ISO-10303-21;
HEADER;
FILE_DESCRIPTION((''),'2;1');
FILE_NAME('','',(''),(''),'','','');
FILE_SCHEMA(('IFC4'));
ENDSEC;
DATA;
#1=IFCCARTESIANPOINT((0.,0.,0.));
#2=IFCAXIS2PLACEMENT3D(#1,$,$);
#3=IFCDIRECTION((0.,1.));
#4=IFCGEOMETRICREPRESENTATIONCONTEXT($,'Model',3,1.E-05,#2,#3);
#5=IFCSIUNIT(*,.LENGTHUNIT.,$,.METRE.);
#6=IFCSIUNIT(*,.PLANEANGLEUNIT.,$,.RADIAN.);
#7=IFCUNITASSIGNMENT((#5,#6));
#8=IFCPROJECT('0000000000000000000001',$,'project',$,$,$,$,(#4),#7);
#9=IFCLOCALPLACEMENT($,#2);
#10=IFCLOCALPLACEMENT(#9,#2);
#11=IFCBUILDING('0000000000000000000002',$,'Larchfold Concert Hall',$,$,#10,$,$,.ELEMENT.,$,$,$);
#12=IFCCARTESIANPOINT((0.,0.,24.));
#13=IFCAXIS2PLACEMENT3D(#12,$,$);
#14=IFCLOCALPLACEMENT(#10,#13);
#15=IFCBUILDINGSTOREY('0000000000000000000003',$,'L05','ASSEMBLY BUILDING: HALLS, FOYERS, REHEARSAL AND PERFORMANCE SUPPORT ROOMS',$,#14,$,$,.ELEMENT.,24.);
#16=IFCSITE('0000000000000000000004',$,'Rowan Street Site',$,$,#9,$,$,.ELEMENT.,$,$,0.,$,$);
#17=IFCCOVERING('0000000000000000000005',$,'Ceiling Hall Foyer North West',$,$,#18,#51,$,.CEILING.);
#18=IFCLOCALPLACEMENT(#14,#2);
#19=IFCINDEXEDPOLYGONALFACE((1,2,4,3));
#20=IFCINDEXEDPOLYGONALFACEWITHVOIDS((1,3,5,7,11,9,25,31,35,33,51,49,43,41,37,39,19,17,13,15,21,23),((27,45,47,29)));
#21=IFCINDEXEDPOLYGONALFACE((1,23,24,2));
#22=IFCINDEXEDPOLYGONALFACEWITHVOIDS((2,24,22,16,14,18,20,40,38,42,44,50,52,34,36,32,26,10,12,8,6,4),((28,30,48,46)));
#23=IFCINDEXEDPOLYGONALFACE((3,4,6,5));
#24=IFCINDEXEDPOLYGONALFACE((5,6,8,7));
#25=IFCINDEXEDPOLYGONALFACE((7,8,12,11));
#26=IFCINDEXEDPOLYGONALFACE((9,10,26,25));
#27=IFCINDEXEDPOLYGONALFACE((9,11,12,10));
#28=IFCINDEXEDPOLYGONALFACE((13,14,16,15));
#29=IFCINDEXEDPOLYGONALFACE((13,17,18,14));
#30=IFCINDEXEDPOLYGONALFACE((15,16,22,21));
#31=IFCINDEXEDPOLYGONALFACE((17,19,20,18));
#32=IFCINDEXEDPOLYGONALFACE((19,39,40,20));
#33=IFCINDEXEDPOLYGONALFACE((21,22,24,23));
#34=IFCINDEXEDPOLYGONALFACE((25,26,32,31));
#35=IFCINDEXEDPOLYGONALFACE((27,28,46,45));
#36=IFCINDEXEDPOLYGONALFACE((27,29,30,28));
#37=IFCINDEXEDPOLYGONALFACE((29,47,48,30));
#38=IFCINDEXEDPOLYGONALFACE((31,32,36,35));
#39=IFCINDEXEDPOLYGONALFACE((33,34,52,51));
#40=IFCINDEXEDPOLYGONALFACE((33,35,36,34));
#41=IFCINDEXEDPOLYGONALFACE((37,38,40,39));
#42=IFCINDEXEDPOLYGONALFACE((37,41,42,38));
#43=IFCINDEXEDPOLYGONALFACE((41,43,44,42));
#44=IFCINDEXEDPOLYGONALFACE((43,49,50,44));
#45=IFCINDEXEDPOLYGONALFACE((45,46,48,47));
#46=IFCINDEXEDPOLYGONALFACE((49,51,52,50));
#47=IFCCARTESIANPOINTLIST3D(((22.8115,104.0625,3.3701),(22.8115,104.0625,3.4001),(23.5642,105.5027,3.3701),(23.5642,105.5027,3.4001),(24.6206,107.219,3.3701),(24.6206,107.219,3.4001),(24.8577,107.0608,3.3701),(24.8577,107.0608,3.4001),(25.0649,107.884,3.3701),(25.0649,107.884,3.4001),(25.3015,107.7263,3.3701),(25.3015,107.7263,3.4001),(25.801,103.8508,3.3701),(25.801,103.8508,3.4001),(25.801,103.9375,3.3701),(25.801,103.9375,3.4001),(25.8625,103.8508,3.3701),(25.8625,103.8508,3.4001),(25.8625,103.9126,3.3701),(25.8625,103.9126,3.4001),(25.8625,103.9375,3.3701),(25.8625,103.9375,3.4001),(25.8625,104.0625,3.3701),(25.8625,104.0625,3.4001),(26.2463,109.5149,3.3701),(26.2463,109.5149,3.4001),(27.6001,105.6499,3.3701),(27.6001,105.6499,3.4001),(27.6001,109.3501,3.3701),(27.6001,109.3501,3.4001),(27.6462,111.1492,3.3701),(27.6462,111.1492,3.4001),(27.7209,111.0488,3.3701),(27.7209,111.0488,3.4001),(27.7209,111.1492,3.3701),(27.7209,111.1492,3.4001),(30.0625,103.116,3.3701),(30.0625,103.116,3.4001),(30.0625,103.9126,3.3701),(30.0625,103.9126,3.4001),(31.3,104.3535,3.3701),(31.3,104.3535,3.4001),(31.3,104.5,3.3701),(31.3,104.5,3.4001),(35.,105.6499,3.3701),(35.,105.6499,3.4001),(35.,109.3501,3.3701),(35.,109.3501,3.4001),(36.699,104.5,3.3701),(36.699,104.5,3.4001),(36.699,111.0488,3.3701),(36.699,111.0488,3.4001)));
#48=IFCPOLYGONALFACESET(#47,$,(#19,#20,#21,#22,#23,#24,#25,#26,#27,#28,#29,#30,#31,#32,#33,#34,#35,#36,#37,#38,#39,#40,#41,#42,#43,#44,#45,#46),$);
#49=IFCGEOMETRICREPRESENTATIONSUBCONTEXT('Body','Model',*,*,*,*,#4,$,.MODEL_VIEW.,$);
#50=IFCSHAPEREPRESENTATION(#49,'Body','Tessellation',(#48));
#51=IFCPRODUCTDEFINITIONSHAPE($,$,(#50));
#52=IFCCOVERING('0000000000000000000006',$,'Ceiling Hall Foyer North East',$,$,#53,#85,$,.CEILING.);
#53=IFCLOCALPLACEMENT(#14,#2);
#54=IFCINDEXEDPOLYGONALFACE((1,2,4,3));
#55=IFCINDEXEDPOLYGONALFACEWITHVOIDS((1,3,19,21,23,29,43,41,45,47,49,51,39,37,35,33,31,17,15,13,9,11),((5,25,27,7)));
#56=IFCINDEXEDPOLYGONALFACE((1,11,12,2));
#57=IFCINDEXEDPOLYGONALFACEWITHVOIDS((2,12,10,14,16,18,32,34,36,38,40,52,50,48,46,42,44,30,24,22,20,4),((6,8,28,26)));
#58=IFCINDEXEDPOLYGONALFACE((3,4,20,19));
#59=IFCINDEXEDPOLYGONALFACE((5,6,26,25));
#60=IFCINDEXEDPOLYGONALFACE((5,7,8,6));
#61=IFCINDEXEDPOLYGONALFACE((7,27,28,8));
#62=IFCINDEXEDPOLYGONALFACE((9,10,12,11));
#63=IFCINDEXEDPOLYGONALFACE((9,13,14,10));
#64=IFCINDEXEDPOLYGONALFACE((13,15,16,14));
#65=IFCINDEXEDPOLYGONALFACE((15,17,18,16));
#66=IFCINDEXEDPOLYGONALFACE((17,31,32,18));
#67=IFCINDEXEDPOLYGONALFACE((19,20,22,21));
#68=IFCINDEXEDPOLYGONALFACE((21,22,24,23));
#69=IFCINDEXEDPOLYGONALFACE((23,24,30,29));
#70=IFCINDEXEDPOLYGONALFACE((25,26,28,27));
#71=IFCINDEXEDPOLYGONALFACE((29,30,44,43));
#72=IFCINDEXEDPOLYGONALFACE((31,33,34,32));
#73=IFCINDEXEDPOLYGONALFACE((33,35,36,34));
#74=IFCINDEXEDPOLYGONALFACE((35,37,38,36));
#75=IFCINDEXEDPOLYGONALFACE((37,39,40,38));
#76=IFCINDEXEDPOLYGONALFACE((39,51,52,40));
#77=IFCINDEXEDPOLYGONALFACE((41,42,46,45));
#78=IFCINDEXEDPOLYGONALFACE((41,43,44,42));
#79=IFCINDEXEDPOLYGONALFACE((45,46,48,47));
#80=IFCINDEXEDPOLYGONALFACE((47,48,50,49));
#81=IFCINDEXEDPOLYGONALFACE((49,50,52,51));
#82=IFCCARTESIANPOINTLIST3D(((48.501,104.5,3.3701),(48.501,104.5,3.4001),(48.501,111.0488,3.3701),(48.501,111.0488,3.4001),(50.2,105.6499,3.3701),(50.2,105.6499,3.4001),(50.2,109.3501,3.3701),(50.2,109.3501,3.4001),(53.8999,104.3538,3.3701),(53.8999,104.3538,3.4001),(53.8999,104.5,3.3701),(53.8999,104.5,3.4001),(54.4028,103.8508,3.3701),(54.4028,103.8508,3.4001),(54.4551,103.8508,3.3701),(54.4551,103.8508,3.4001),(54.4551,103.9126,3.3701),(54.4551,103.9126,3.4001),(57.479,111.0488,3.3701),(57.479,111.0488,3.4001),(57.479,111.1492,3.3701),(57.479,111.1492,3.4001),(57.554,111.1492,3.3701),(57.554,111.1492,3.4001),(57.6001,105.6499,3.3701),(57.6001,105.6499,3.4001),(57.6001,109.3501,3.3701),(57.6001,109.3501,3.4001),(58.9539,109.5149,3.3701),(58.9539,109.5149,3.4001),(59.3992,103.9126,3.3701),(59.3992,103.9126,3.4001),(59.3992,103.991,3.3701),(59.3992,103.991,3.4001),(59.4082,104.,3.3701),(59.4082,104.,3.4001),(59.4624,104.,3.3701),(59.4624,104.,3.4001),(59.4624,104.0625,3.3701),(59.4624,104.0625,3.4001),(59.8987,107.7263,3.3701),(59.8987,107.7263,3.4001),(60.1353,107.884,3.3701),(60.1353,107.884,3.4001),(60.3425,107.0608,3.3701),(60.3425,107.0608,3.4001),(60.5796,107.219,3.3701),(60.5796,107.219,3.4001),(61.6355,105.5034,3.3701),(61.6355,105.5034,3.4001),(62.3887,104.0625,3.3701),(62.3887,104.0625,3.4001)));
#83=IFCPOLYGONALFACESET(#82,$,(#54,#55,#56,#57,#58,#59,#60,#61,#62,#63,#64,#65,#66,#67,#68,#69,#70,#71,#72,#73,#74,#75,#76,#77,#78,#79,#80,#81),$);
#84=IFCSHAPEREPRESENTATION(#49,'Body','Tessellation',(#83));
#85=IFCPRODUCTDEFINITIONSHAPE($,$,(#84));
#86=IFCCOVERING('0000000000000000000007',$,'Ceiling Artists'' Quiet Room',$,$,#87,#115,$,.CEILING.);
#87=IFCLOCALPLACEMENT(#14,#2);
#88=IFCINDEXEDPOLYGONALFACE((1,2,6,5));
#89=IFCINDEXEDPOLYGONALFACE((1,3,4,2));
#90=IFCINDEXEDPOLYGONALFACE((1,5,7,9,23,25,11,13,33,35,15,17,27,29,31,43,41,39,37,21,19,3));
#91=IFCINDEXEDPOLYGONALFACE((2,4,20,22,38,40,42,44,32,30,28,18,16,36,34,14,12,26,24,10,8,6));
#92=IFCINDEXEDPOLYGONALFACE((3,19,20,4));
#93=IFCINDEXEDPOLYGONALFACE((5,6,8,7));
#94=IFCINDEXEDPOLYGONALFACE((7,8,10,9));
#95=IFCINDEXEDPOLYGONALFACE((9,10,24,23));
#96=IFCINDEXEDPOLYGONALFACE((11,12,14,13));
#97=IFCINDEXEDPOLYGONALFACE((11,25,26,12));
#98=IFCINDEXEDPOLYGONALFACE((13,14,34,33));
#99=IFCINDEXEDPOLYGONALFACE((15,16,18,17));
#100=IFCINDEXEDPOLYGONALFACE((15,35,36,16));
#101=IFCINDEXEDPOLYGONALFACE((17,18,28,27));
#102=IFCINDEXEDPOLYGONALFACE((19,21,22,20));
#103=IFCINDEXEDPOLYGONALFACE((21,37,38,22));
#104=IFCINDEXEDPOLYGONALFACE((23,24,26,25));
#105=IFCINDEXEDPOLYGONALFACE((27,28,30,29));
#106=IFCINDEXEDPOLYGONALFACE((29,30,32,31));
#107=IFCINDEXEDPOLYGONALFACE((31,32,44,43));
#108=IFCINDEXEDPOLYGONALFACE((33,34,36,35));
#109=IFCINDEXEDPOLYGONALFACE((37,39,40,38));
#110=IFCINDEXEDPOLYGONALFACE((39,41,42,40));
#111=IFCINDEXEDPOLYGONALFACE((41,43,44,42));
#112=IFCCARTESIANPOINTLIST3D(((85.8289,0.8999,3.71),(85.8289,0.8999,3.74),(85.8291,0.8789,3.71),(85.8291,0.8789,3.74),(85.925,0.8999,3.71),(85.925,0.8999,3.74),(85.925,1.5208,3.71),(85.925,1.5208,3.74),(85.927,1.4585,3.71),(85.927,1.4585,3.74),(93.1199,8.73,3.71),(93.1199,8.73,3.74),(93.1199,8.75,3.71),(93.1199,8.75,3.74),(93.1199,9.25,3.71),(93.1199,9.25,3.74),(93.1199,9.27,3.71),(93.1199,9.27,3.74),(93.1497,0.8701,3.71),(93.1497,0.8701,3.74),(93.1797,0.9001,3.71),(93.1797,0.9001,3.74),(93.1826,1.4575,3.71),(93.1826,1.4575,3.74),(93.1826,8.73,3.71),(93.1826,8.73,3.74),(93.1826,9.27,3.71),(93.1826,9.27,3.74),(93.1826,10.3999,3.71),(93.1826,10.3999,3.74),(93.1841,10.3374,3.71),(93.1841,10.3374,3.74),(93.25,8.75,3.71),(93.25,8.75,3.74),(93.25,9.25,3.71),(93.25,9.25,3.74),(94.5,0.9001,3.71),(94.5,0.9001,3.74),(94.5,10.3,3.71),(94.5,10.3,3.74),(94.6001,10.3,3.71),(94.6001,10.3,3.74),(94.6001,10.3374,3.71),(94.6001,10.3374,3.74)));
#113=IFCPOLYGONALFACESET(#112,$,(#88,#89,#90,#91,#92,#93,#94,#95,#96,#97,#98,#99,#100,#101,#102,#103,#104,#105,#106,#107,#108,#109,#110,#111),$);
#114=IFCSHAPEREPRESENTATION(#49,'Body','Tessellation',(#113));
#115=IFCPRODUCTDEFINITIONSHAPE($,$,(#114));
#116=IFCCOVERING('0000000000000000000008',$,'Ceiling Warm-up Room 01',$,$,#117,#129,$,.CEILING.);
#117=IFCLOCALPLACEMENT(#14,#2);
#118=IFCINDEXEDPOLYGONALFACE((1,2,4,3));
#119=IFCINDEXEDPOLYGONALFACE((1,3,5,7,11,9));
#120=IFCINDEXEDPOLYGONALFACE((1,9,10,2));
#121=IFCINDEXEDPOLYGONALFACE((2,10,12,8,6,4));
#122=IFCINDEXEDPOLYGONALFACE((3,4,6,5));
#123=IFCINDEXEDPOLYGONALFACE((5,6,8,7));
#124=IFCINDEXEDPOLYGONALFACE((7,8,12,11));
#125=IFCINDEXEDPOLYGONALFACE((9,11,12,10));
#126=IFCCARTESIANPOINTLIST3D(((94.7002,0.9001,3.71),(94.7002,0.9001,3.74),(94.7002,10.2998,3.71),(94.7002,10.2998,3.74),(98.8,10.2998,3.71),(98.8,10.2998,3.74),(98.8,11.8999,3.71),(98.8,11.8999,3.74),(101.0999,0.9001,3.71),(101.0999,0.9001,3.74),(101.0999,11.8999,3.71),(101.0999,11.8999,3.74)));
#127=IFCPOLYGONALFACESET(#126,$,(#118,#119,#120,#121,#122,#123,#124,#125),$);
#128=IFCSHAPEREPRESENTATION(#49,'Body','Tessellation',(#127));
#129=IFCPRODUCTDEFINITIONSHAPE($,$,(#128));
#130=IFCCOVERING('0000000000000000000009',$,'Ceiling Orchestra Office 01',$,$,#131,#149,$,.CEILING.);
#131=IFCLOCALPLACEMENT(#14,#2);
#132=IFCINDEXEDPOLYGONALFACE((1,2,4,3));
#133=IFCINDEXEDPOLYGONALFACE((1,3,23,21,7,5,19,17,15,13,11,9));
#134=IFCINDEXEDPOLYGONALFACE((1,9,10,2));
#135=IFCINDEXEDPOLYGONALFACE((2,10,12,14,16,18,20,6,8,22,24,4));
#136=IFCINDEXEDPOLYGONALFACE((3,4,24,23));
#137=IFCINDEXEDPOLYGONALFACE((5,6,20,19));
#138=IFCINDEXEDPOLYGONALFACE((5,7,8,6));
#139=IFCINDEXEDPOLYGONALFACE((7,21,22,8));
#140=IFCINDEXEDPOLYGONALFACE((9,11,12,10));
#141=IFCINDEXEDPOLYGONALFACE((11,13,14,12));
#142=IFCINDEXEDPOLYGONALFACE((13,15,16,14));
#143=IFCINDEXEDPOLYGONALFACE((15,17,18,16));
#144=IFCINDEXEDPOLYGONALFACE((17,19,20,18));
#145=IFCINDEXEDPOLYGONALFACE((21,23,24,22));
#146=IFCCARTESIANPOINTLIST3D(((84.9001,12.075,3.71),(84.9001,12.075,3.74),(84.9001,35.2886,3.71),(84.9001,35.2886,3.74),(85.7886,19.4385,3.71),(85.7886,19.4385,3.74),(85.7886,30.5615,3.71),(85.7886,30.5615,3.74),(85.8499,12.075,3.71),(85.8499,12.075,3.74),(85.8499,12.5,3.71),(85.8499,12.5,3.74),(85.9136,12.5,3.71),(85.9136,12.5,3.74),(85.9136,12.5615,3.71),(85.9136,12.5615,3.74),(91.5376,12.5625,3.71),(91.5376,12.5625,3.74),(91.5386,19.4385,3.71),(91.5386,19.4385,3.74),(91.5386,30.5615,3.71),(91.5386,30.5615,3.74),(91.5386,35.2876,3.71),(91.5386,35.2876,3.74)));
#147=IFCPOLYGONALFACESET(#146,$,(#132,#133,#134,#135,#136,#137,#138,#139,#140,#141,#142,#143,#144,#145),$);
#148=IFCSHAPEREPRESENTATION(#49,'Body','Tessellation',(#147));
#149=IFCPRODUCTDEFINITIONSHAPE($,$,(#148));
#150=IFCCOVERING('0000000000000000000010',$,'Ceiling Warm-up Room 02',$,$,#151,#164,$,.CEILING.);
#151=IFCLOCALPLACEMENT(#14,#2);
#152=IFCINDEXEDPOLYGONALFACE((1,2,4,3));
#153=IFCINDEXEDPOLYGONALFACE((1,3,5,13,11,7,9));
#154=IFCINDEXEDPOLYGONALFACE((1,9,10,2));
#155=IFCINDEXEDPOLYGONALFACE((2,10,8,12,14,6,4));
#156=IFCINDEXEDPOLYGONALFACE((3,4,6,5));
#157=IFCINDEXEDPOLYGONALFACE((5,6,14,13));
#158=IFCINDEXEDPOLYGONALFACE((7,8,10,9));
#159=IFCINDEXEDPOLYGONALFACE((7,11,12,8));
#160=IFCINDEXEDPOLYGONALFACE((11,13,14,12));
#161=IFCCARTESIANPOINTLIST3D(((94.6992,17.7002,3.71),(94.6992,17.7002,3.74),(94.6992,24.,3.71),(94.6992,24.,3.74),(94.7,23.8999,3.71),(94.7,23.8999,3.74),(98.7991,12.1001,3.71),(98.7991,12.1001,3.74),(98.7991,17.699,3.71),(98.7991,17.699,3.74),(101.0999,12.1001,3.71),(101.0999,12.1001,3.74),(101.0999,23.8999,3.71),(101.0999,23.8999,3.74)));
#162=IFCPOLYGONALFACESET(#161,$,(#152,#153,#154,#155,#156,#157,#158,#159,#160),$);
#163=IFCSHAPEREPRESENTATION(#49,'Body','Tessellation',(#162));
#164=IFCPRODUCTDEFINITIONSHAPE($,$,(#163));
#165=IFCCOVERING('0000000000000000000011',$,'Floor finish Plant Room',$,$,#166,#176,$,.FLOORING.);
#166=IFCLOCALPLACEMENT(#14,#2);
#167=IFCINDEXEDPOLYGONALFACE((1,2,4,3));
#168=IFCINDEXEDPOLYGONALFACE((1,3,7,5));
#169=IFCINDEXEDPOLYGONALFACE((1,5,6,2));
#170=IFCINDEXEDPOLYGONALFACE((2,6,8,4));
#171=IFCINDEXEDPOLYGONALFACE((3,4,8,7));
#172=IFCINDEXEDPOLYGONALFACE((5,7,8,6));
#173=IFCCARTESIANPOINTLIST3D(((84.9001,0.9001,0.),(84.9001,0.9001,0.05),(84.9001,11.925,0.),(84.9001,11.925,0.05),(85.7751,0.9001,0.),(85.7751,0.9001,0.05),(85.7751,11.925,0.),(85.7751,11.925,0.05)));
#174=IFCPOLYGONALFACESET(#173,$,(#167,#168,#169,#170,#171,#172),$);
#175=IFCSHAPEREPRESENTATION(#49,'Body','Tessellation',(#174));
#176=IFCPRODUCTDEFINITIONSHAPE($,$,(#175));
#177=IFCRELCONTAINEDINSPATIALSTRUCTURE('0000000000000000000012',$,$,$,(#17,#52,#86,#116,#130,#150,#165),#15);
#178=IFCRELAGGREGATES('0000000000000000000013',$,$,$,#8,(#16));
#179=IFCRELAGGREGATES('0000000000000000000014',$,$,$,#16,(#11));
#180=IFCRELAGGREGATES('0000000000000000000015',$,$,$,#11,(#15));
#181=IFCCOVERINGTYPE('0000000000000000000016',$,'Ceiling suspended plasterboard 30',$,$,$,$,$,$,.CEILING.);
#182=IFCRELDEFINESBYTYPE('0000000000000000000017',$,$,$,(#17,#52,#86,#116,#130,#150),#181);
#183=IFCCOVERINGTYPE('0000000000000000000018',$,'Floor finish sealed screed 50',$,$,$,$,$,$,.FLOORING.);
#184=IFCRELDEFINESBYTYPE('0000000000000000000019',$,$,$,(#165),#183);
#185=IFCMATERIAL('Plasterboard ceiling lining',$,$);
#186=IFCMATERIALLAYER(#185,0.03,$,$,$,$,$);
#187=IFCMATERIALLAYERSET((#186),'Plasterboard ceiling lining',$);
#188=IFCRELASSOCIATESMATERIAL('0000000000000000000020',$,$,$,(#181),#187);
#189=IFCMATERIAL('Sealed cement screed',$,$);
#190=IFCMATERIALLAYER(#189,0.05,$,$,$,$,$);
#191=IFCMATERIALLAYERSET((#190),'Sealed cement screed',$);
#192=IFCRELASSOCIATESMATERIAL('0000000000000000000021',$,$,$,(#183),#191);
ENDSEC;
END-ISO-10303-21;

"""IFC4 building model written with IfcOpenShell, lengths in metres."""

from ifc_helpers import new_model, si_unit, direction, frame, origin, place, context, subcontext, project, spatial, polyline, outline, extrude, material, layer, layer_set, type_object, element, save


model = new_model("IFC4")

# Units and contexts
model_context = context("Model", 3, precision=1e-05, world=origin(), true_north=direction((0.0, 1.0)))
body_context = subcontext(model_context, "Body", "Model", "MODEL_VIEW")
ifc_project = project(units=[si_unit("LENGTHUNIT", "METRE"), si_unit("PLANEANGLEUNIT", "RADIAN")], contexts=[model_context])

# Site, building, storey
site_placement = place(None, origin())
site = spatial("IfcSite", under=ifc_project, at=site_placement, Name="Rowan Street Site", CompositionType="ELEMENT", RefElevation=0.0)
building_placement = place(site_placement, origin())
building = spatial("IfcBuilding", under=site, at=building_placement, Name="Larchfold Concert Hall", CompositionType="ELEMENT")
storey_placement = place(building_placement, frame((0.0, 0.0, 24.0)))
storey = spatial("IfcBuildingStorey", under=building, at=storey_placement, Name="L05", Description="ASSEMBLY BUILDING: HALLS, FOYERS, REHEARSAL AND PERFORMANCE SUPPORT ROOMS", CompositionType="ELEMENT", Elevation=24.0)

# Coverings
ifc_material_1 = material(Name="Plasterboard ceiling lining")
ifc_layer_1 = layer(ifc_material_1, 0.03)
ifc_layer_set_1 = layer_set([ifc_layer_1], Name="Plasterboard ceiling lining")
covering_type_1 = type_object("IfcCoveringType", Name="Ceiling suspended plasterboard 30", PredefinedType="CEILING", material=ifc_layer_set_1)
covering_1_placement = place(storey_placement, frame((0.0, 0.0, 3.3701)))
element("IfcCovering", 1, at=covering_1_placement, inside=storey, type_object=covering_type_1, Name="Ceiling Hall Foyer North West", PredefinedType="CEILING", context=body_context, shape_type="SweptSolid", body=[
    extrude(outline(polyline([(24.6206, 107.219), (23.5642, 105.5027), (22.8115, 104.0625), (25.8625, 104.0625), (25.8625, 103.9375), (25.801, 103.9375), (25.801, 103.8508), (25.8625, 103.8508), (25.8625, 103.9126), (30.0625, 103.9126), (30.0625, 103.116), (31.3, 104.3535), (31.3, 104.5), (36.699, 104.5), (36.699, 111.0488), (27.7209, 111.0488), (27.7209, 111.1492), (27.6462, 111.1492), (26.2463, 109.5149), (25.0649, 107.884), (25.3015, 107.7263), (24.8577, 107.0608), (24.6206, 107.219)]), holes=[polyline([(27.6001, 109.3501), (35.0, 109.3501), (35.0, 105.6499), (27.6001, 105.6499), (27.6001, 109.3501)])]), origin(), (0.0, 0.0, 1.0), 0.03),
])
covering_2_placement = place(storey_placement, frame((0.0, 0.0, 3.3701)))
element("IfcCovering", 2, at=covering_2_placement, inside=storey, type_object=covering_type_1, Name="Ceiling Hall Foyer North East", PredefinedType="CEILING", context=body_context, shape_type="SweptSolid", body=[
    extrude(outline(polyline([(48.501, 111.0488), (48.501, 104.5), (53.8999, 104.5), (53.8999, 104.3538), (54.4028, 103.8508), (54.4551, 103.8508), (54.4551, 103.9126), (59.3992, 103.9126), (59.3992, 103.991), (59.4082, 104.0), (59.4624, 104.0), (59.4624, 104.0625), (62.3887, 104.0625), (61.6355, 105.5034), (60.5796, 107.219), (60.3425, 107.0608), (59.8987, 107.7263), (60.1353, 107.884), (58.9539, 109.5149), (57.554, 111.1492), (57.479, 111.1492), (57.479, 111.0488), (48.501, 111.0488)]), holes=[polyline([(57.6001, 105.6499), (50.2, 105.6499), (50.2, 109.3501), (57.6001, 109.3501), (57.6001, 105.6499)])]), origin(), (0.0, 0.0, 1.0), 0.03),
])
covering_3_placement = place(storey_placement, frame((0.0, 0.0, 3.71)))
element("IfcCovering", 3, at=covering_3_placement, inside=storey, type_object=covering_type_1, Name="Ceiling Artists' Quiet Room", PredefinedType="CEILING", context=body_context, shape_type="SweptSolid", body=[
    extrude(outline(polyline([(85.925, 1.5208), (85.925, 0.8999), (85.8289, 0.8999), (85.8291, 0.8789), (93.1497, 0.8701), (93.1797, 0.9001), (94.5, 0.9001), (94.5, 10.3), (94.6001, 10.3), (94.6001, 10.3374), (93.1841, 10.3374), (93.1826, 10.3999), (93.1826, 9.27), (93.1199, 9.27), (93.1199, 9.25), (93.25, 9.25), (93.25, 8.75), (93.1199, 8.75), (93.1199, 8.73), (93.1826, 8.73), (93.1826, 1.4575), (85.927, 1.4585), (85.925, 1.5208)])), origin(), (0.0, 0.0, 1.0), 0.03),
])
covering_4_placement = place(storey_placement, frame((0.0, 0.0, 3.71)))
element("IfcCovering", 4, at=covering_4_placement, inside=storey, type_object=covering_type_1, Name="Ceiling Warm-up Room 01", PredefinedType="CEILING", context=body_context, shape_type="SweptSolid", body=[
    extrude(outline(polyline([(94.7002, 0.9001), (101.0999, 0.9001), (101.0999, 11.8999), (98.8, 11.8999), (98.8, 10.2998), (94.7002, 10.2998), (94.7002, 0.9001)])), origin(), (0.0, 0.0, 1.0), 0.03),
])
covering_5_placement = place(storey_placement, frame((0.0, 0.0, 3.71)))
element("IfcCovering", 5, at=covering_5_placement, inside=storey, type_object=covering_type_1, Name="Ceiling Orchestra Office 01", PredefinedType="CEILING", context=body_context, shape_type="SweptSolid", body=[
    extrude(outline(polyline([(91.5376, 12.5), (91.5386, 19.4385), (85.7886, 19.4385), (85.7886, 30.5615), (91.5386, 30.5615), (91.5386, 35.2876), (84.9001, 35.2886), (84.9001, 12.075), (85.8499, 12.075), (85.8499, 12.5), (85.9136, 12.5), (85.9136, 12.5615), (91.5376, 12.5625), (91.5376, 12.5)])), origin(), (0.0, 0.0, 1.0), 0.03),
])
covering_6_placement = place(storey_placement, frame((0.0, 0.0, 3.71)))
element("IfcCovering", 6, at=covering_6_placement, inside=storey, type_object=covering_type_1, Name="Ceiling Warm-up Room 02", PredefinedType="CEILING", context=body_context, shape_type="SweptSolid", body=[
    extrude(outline(polyline([(94.7, 23.8999), (94.6992, 24.0), (94.6992, 17.7002), (98.7991, 17.699), (98.7991, 12.1001), (101.0999, 12.1001), (101.0999, 23.8999), (94.7, 23.8999)])), origin(), (0.0, 0.0, 1.0), 0.03),
])
ifc_material_2 = material(Name="Sealed cement screed")
ifc_layer_2 = layer(ifc_material_2, 0.05)
ifc_layer_set_2 = layer_set([ifc_layer_2], Name="Sealed cement screed")
covering_type_2 = type_object("IfcCoveringType", Name="Floor finish sealed screed 50", PredefinedType="FLOORING", material=ifc_layer_set_2)
covering_7_placement = place(storey_placement, origin())
element("IfcCovering", 7, at=covering_7_placement, inside=storey, type_object=covering_type_2, Name="Floor finish Plant Room", PredefinedType="FLOORING", context=body_context, shape_type="SweptSolid", body=[
    extrude(outline(polyline([(84.9001, 11.925), (84.9001, 0.9001), (85.7751, 0.9001), (85.7751, 11.925), (84.9001, 11.925)])), origin(), (0.0, 0.0, 1.0), 0.05),
])

save(model, "model.ifc")
